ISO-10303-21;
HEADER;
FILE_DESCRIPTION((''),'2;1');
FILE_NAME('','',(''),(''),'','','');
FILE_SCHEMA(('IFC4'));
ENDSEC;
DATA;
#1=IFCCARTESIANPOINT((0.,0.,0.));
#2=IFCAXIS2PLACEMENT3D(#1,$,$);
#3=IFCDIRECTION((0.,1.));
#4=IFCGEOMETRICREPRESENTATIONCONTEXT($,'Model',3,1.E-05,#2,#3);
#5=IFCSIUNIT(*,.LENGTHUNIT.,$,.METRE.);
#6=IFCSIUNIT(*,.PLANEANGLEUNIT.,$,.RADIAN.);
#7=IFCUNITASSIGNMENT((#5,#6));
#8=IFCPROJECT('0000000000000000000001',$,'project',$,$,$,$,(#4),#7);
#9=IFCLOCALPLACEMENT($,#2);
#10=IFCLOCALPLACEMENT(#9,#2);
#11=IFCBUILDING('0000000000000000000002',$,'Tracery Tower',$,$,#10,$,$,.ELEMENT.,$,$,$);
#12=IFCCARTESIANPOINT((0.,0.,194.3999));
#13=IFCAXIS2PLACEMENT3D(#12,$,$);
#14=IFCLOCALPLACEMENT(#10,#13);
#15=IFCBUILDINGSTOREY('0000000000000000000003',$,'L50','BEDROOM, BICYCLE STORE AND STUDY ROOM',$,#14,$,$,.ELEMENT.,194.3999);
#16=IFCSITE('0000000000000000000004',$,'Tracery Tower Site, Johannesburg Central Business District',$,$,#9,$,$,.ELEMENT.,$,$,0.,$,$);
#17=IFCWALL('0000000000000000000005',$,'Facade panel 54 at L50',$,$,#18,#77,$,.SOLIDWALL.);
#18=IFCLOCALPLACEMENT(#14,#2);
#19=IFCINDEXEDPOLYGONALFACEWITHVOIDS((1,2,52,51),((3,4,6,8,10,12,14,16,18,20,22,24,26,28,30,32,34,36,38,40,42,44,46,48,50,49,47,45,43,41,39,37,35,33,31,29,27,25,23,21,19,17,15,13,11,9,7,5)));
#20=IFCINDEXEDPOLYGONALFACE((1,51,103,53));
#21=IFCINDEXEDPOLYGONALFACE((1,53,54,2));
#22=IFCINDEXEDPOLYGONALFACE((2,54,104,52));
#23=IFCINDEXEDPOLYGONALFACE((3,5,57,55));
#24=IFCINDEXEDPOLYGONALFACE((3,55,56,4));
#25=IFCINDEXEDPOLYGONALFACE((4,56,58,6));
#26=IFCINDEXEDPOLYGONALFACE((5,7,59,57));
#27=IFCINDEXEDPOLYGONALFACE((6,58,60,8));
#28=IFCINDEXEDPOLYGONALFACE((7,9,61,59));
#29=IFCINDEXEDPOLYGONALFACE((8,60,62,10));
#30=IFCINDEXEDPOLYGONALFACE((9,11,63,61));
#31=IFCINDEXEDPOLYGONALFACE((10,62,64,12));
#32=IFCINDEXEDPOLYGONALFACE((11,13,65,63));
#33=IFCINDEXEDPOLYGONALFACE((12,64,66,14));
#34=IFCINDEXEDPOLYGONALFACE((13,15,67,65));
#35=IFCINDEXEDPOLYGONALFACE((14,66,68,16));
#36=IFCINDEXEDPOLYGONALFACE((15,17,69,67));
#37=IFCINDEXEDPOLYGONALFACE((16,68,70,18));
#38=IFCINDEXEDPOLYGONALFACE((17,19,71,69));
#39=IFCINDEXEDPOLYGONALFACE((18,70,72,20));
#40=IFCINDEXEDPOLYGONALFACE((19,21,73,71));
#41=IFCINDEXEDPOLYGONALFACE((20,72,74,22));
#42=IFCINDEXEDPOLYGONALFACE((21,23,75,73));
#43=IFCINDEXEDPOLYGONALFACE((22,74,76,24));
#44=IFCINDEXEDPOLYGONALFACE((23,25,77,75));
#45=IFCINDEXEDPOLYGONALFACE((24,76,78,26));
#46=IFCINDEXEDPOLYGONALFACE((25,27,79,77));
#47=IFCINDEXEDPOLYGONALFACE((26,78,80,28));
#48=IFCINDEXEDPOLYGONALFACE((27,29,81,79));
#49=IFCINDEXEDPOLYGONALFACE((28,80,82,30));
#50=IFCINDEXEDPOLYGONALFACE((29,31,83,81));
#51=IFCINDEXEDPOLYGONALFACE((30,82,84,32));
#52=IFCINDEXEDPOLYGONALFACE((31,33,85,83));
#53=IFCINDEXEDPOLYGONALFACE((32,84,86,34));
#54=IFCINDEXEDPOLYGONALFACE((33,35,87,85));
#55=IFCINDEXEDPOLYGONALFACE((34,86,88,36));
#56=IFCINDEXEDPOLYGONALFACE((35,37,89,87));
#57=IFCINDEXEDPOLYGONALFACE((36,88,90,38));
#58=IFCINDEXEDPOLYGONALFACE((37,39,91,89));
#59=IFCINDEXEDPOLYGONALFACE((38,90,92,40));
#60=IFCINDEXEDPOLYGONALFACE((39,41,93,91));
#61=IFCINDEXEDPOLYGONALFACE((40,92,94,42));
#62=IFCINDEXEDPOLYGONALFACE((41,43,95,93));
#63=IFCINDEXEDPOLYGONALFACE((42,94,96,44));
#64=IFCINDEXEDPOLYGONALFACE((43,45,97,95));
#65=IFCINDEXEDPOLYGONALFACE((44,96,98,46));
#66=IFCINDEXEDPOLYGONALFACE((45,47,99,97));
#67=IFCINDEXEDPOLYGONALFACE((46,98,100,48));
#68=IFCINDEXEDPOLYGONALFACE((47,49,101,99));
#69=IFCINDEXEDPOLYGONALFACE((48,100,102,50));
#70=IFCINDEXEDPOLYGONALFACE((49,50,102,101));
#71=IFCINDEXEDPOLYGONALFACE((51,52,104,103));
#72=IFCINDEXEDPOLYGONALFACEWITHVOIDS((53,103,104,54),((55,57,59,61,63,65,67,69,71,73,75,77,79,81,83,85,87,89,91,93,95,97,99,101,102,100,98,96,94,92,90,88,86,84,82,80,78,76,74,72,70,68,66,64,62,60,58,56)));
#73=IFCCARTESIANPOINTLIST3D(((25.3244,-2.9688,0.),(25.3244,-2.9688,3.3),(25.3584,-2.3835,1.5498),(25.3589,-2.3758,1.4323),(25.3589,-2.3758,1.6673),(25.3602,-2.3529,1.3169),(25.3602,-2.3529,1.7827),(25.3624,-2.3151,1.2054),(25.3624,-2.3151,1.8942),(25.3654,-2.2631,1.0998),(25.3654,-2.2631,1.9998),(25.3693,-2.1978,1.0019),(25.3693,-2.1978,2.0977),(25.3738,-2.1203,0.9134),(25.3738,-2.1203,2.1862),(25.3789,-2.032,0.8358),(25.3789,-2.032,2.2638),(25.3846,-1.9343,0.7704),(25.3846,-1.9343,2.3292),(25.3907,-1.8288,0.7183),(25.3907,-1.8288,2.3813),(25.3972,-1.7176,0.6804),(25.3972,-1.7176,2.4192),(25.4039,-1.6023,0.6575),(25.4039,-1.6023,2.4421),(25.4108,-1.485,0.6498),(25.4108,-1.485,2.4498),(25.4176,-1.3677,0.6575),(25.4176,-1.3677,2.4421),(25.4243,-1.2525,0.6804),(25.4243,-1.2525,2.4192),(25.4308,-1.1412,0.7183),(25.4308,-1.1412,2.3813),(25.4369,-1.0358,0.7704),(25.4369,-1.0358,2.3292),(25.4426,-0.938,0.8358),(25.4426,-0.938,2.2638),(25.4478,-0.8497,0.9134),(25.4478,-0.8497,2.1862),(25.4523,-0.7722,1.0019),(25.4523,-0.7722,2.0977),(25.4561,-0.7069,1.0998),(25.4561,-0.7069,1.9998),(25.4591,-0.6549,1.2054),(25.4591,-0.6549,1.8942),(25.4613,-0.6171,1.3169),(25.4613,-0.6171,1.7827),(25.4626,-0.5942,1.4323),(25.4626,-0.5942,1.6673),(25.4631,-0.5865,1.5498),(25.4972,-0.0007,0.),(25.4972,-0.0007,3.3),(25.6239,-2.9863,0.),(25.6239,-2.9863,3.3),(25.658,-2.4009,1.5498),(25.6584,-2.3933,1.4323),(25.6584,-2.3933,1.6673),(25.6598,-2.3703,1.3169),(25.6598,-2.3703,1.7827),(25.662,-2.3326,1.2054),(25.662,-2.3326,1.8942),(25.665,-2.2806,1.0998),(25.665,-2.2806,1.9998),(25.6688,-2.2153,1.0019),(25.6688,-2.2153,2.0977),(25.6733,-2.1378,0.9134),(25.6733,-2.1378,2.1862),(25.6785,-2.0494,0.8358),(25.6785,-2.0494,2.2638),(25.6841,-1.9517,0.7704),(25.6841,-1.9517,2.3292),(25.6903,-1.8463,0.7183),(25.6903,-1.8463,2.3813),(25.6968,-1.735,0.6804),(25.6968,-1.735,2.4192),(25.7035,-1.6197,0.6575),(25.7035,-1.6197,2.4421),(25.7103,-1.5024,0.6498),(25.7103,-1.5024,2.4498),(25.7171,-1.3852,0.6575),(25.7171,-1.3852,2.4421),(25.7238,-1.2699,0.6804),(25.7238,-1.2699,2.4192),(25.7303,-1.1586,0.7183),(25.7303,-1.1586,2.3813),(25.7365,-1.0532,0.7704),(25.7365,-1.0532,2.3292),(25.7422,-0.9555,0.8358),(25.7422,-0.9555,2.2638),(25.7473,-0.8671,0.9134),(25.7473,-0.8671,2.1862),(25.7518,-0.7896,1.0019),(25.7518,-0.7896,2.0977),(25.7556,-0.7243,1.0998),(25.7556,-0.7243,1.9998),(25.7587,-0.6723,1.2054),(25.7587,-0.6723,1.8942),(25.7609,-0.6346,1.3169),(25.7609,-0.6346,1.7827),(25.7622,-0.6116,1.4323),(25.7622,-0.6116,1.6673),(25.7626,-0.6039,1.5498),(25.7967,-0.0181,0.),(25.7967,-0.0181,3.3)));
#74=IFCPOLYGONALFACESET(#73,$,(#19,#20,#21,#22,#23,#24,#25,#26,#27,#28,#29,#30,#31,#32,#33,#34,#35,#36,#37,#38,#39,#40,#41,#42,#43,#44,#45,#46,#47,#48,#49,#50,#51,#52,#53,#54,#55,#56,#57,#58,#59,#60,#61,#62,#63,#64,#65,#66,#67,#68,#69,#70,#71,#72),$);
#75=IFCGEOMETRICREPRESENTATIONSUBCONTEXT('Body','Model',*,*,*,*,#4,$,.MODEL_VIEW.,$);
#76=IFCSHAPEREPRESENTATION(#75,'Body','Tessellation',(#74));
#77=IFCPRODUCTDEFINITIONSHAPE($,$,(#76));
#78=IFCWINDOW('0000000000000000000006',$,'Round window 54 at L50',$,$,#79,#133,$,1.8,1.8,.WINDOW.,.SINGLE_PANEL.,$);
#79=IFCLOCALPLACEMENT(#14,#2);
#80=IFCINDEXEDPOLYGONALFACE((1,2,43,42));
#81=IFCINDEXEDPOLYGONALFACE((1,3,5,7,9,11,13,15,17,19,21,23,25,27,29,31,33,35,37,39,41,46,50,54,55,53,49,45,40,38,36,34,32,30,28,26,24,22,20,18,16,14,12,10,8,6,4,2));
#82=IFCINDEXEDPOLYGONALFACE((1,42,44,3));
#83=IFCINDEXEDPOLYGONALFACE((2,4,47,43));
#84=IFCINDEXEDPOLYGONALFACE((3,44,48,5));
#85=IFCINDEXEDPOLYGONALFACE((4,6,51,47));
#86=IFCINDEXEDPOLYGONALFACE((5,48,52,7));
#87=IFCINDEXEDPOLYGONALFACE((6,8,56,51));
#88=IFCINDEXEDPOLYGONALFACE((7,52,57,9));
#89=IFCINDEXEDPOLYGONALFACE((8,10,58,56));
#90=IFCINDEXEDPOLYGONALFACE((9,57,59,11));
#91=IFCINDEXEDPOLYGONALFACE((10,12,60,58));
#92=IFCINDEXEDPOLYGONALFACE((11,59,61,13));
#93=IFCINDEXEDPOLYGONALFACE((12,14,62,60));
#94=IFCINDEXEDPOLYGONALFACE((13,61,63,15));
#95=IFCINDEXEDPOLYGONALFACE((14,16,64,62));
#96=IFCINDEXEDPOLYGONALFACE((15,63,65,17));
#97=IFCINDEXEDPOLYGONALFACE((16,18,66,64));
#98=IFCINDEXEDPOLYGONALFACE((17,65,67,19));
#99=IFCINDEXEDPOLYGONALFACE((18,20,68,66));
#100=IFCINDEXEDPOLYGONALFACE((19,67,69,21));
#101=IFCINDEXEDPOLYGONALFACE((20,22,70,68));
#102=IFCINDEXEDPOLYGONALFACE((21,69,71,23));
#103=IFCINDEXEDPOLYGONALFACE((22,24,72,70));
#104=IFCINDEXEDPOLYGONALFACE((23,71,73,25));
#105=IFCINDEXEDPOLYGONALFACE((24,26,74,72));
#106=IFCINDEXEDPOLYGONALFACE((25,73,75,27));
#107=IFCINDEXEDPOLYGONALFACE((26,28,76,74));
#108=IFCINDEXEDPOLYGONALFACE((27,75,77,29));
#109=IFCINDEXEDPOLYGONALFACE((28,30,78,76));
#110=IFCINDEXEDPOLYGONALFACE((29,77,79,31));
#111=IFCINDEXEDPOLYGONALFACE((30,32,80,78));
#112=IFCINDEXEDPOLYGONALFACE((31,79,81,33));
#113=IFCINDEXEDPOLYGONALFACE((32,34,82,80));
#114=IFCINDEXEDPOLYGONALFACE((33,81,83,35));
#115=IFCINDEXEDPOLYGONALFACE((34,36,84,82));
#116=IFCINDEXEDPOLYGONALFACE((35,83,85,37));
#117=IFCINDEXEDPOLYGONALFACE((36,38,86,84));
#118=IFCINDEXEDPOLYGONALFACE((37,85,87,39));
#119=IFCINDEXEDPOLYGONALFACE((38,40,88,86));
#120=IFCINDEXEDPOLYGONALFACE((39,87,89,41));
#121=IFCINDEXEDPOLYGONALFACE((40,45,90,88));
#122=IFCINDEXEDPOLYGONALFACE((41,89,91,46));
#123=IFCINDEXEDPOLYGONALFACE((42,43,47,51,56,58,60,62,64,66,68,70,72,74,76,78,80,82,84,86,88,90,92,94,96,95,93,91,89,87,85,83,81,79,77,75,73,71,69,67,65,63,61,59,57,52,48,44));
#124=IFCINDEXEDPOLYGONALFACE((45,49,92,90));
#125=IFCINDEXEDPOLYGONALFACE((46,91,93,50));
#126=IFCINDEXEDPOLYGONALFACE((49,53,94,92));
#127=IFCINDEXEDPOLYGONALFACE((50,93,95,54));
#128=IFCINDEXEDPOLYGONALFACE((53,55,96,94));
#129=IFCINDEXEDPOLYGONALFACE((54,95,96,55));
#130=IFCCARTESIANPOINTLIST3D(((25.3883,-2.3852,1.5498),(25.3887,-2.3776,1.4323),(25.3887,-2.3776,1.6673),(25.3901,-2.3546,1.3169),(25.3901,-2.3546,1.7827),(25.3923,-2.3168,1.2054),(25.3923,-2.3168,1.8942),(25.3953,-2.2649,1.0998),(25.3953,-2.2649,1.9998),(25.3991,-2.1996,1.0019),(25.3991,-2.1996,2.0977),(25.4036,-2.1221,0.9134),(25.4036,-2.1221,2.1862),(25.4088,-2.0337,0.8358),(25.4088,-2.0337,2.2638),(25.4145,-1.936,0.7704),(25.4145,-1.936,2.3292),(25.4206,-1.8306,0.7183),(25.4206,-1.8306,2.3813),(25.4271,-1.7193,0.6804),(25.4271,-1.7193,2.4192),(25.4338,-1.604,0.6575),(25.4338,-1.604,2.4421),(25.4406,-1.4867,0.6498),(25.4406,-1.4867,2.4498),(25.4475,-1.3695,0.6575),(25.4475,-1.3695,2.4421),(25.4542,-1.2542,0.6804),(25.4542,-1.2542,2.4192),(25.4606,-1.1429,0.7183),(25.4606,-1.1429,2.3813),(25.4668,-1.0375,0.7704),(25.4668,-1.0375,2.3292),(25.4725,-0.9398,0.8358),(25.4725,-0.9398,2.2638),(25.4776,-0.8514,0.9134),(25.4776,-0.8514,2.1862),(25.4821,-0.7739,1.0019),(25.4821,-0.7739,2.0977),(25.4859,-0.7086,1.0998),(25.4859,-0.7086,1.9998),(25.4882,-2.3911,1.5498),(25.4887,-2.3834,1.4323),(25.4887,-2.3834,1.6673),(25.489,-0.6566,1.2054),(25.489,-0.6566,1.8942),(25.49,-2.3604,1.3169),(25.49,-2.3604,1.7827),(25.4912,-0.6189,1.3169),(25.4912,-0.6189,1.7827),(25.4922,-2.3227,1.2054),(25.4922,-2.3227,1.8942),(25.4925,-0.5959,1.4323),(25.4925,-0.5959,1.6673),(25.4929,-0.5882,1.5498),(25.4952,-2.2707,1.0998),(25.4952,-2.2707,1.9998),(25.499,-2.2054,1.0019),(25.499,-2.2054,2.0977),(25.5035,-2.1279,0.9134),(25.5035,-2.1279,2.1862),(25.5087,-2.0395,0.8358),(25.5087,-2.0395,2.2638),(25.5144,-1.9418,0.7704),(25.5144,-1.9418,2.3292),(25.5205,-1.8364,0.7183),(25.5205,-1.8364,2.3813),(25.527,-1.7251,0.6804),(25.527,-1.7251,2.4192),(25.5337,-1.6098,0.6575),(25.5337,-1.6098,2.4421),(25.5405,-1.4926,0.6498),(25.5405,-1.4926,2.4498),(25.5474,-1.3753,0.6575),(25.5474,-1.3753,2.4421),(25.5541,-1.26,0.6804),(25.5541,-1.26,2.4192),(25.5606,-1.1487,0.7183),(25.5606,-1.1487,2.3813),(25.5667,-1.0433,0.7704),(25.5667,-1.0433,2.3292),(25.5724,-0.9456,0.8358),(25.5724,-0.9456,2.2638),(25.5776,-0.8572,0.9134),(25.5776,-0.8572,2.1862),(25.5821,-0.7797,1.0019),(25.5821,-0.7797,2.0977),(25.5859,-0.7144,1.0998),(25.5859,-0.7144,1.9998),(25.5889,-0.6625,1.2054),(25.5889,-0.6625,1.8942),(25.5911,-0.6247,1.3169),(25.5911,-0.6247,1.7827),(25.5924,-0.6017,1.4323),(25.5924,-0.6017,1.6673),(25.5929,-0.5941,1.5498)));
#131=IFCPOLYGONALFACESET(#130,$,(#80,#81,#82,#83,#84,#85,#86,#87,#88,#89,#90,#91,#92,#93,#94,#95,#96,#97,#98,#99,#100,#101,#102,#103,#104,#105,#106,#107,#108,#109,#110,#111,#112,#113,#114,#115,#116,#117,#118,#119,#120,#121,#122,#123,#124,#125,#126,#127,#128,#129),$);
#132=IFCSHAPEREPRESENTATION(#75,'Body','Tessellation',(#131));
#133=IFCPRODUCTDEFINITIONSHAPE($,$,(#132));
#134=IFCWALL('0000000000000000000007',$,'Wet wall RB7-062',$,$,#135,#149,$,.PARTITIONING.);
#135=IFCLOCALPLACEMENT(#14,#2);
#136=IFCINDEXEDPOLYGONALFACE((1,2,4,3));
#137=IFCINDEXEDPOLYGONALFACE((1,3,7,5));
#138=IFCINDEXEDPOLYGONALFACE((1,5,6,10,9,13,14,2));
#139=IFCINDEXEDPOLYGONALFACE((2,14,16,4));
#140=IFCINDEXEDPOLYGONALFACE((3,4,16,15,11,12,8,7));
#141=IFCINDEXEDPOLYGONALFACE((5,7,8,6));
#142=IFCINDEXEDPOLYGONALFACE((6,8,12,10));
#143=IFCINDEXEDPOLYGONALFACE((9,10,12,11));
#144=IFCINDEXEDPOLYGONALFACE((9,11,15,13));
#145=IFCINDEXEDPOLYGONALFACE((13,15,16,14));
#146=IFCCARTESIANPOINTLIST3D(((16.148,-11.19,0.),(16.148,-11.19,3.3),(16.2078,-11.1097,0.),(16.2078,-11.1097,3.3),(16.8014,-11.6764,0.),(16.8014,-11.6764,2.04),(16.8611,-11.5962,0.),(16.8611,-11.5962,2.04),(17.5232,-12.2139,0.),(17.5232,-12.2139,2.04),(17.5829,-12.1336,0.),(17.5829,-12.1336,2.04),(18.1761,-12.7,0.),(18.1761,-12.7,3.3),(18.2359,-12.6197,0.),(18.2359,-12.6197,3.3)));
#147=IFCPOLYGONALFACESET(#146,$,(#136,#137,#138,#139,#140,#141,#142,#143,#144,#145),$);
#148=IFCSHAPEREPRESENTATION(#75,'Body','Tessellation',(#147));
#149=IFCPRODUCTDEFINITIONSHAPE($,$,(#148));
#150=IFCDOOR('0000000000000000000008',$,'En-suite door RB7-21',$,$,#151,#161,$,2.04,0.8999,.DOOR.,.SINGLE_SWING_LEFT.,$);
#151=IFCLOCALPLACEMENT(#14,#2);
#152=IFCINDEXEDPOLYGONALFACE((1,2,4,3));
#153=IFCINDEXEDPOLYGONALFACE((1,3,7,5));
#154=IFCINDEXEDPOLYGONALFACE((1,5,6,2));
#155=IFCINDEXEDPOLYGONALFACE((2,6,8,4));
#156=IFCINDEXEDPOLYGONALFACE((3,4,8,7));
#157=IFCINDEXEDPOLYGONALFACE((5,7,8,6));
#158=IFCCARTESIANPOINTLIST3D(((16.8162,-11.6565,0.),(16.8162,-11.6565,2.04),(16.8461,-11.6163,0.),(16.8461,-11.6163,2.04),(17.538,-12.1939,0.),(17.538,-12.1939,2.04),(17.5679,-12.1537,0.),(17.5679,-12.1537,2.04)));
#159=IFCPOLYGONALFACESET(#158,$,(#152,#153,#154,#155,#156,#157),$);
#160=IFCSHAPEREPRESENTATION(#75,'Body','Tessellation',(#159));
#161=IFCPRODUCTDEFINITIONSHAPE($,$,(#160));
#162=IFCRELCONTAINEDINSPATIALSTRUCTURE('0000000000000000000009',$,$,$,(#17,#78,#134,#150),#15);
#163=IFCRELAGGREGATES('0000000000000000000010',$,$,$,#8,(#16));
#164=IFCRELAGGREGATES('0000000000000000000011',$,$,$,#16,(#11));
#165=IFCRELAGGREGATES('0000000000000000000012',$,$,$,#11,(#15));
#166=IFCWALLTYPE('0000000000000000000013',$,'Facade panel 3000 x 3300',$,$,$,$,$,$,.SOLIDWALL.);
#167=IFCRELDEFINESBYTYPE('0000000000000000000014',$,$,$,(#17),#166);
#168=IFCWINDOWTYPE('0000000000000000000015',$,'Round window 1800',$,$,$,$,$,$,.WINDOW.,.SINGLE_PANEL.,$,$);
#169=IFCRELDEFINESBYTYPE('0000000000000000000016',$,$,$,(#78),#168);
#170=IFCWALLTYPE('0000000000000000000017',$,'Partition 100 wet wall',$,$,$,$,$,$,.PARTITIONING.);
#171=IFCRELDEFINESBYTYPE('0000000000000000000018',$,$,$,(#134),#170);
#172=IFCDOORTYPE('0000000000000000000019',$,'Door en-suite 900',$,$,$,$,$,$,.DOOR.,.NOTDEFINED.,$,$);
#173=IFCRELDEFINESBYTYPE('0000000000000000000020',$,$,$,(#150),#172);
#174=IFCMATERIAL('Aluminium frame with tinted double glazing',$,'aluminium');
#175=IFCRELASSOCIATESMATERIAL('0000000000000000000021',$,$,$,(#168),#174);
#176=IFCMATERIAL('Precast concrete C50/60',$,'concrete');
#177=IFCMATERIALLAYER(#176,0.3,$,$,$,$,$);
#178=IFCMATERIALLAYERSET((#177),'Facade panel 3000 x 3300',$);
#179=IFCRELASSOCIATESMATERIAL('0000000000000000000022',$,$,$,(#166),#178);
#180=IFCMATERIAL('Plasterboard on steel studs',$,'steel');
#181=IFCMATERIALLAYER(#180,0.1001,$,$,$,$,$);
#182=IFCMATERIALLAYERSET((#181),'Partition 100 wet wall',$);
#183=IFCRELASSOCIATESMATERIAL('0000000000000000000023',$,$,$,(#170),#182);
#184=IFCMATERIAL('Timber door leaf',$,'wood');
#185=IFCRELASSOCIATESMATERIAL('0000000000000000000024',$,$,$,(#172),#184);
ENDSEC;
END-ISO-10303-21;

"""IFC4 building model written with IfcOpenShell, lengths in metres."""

from ifc_helpers import new_model, si_unit, direction, frame, frame_2d, origin, origin_2d, place, context, subcontext, project, spatial, rectangle, circle, extrude, material, layer, layer_set, type_object, element, fill, save


model = new_model("IFC4")

# Units and contexts
model_context = context("Model", 3, precision=1e-05, world=origin(), true_north=direction((0.0, 1.0)))
body_context = subcontext(model_context, "Body", "Model", "MODEL_VIEW")
ifc_project = project(units=[si_unit("LENGTHUNIT", "METRE"), si_unit("PLANEANGLEUNIT", "RADIAN")], contexts=[model_context])

# Site, building, storey
site_placement = place(None, origin())
site = spatial("IfcSite", under=ifc_project, at=site_placement, Name="Tracery Tower Site, Johannesburg Central Business District", CompositionType="ELEMENT", RefElevation=0.0)
building_placement = place(site_placement, origin())
building = spatial("IfcBuilding", under=site, at=building_placement, Name="Tracery Tower", CompositionType="ELEMENT")
storey_placement = place(building_placement, frame((0.0, 0.0, 194.3999)))
storey = spatial("IfcBuildingStorey", under=building, at=storey_placement, Name="L50", Description="BEDROOM, BICYCLE STORE AND STUDY ROOM", CompositionType="ELEMENT", Elevation=194.3999)

# Wall, opening, window
ifc_material_1 = material(Name="Aluminium frame with tinted double glazing", Category="aluminium")
window_type = type_object("IfcWindowType", Name="Round window 1800", PartitioningType="SINGLE_PANEL", PredefinedType="WINDOW", material=ifc_material_1)
ifc_material_2 = material(Name="Precast concrete C50/60", Category="concrete")
ifc_layer_1 = layer(ifc_material_2, 0.3)
ifc_layer_set_1 = layer_set([ifc_layer_1], Name="Facade panel 3000 x 3300")
wall_type_1 = type_object("IfcWallType", Name="Facade panel 3000 x 3300", PredefinedType="SOLIDWALL", material=ifc_layer_set_1)
wall_1_placement = place(storey_placement, frame((25.4741, -2.9775, 0.0), z_axis=(0.0, 0.0, 1.0), x_axis=(0.05814, 0.998308, 0.0)))
wall_1 = element("IfcWall", 1, at=wall_1_placement, inside=storey, type_object=wall_type_1, Name="Facade panel 54 at L50", PredefinedType="SOLIDWALL", context=body_context, shape_type="SweptSolid", body=[
    extrude(rectangle(XDim=2.9731, YDim=0.3, at=frame_2d((1.4866, 0.0))), origin(), (0.0, 0.0, 1.0), 3.3),
])
opening_1_placement = place(wall_1_placement, frame((1.4863, 0.0, 1.5498)))
opening_1 = element("IfcOpeningElement", 2, at=opening_1_placement, cuts=wall_1, PredefinedType="OPENING", context=body_context, shape_type="SweptSolid", body=[
    extrude(circle(Radius=0.9, at=origin_2d()), frame((0.0, 0.1599, 0.0), z_axis=(0.0, -1.0, 0.0), x_axis=(1.0, 0.0, 0.0)), (0.0, 0.0, 1.0), 0.3201),
])
window_1_placement = place(opening_1_placement, origin())
window_1 = element("IfcWindow", 3, at=window_1_placement, inside=storey, type_object=window_type, Name="Round window 54 at L50", OverallHeight=1.8, OverallWidth=1.8, PartitioningType="SINGLE_PANEL", PredefinedType="WINDOW", context=body_context, shape_type="SweptSolid", body=[
    extrude(circle(Radius=0.9, at=origin_2d()), frame((0.0, 0.1201, 0.0), z_axis=(0.0, -1.0, 0.0), x_axis=(1.0, 0.0, 0.0)), (0.0, 0.0, 1.0), 0.1001),
])
fill(opening_1, window_1)

# Wall, opening, door
ifc_material_3 = material(Name="Plasterboard on steel studs", Category="steel")
ifc_layer_2 = layer(ifc_material_3, 0.1001)
ifc_layer_set_2 = layer_set([ifc_layer_2], Name="Partition 100 wet wall")
wall_type_2 = type_object("IfcWallType", Name="Partition 100 wet wall", PredefinedType="PARTITIONING", material=ifc_layer_set_2)
wall_2_placement = place(storey_placement, frame((16.178, -11.1499, 0.0), z_axis=(0.0, 0.0, 1.0), x_axis=(0.802092, -0.5972, 0.0)))
wall_2 = element("IfcWall", 4, at=wall_2_placement, inside=storey, type_object=wall_type_2, Name="Wet wall RB7-062", PredefinedType="PARTITIONING", context=body_context, shape_type="SweptSolid", body=[
    extrude(rectangle(XDim=2.5286, YDim=0.1001, at=frame_2d((1.2642, 0.0))), origin(), (0.0, 0.0, 1.0), 3.3),
])
opening_2_placement = place(wall_2_placement, frame((0.8145, 0.0, 0.0)))
opening_2 = element("IfcOpeningElement", 5, at=opening_2_placement, cuts=wall_2, PredefinedType="OPENING", context=body_context, shape_type="SweptSolid", body=[
    extrude(rectangle(XDim=0.8999, YDim=2.04, at=frame_2d((0.45, 1.02))), frame((0.0, 0.05, 0.0), z_axis=(0.0, -1.0, 0.0), x_axis=(1.0, 0.0, 0.0)), (0.0, 0.0, 1.0), 0.1001),
])
ifc_material_4 = material(Name="Timber door leaf", Category="wood")
door_type_1 = type_object("IfcDoorType", Name="Door en-suite 900", OperationType="NOTDEFINED", PredefinedType="DOOR", material=ifc_material_4)
door_1_placement = place(opening_2_placement, origin())
door_1 = element("IfcDoor", 6, at=door_1_placement, inside=storey, type_object=door_type_1, Name="En-suite door RB7-21", OperationType="SINGLE_SWING_LEFT", OverallHeight=2.04, OverallWidth=0.8999, PredefinedType="DOOR", context=body_context, shape_type="SweptSolid", body=[
    extrude(rectangle(XDim=0.8999, YDim=2.04, at=frame_2d((0.45, 1.02))), frame((0.0, 0.0249, 0.0), z_axis=(0.0, -1.0, 0.0), x_axis=(1.0, 0.0, 0.0)), (0.0, 0.0, 1.0), 0.05),
])
fill(opening_2, door_1)

save(model, "model.ifc")
